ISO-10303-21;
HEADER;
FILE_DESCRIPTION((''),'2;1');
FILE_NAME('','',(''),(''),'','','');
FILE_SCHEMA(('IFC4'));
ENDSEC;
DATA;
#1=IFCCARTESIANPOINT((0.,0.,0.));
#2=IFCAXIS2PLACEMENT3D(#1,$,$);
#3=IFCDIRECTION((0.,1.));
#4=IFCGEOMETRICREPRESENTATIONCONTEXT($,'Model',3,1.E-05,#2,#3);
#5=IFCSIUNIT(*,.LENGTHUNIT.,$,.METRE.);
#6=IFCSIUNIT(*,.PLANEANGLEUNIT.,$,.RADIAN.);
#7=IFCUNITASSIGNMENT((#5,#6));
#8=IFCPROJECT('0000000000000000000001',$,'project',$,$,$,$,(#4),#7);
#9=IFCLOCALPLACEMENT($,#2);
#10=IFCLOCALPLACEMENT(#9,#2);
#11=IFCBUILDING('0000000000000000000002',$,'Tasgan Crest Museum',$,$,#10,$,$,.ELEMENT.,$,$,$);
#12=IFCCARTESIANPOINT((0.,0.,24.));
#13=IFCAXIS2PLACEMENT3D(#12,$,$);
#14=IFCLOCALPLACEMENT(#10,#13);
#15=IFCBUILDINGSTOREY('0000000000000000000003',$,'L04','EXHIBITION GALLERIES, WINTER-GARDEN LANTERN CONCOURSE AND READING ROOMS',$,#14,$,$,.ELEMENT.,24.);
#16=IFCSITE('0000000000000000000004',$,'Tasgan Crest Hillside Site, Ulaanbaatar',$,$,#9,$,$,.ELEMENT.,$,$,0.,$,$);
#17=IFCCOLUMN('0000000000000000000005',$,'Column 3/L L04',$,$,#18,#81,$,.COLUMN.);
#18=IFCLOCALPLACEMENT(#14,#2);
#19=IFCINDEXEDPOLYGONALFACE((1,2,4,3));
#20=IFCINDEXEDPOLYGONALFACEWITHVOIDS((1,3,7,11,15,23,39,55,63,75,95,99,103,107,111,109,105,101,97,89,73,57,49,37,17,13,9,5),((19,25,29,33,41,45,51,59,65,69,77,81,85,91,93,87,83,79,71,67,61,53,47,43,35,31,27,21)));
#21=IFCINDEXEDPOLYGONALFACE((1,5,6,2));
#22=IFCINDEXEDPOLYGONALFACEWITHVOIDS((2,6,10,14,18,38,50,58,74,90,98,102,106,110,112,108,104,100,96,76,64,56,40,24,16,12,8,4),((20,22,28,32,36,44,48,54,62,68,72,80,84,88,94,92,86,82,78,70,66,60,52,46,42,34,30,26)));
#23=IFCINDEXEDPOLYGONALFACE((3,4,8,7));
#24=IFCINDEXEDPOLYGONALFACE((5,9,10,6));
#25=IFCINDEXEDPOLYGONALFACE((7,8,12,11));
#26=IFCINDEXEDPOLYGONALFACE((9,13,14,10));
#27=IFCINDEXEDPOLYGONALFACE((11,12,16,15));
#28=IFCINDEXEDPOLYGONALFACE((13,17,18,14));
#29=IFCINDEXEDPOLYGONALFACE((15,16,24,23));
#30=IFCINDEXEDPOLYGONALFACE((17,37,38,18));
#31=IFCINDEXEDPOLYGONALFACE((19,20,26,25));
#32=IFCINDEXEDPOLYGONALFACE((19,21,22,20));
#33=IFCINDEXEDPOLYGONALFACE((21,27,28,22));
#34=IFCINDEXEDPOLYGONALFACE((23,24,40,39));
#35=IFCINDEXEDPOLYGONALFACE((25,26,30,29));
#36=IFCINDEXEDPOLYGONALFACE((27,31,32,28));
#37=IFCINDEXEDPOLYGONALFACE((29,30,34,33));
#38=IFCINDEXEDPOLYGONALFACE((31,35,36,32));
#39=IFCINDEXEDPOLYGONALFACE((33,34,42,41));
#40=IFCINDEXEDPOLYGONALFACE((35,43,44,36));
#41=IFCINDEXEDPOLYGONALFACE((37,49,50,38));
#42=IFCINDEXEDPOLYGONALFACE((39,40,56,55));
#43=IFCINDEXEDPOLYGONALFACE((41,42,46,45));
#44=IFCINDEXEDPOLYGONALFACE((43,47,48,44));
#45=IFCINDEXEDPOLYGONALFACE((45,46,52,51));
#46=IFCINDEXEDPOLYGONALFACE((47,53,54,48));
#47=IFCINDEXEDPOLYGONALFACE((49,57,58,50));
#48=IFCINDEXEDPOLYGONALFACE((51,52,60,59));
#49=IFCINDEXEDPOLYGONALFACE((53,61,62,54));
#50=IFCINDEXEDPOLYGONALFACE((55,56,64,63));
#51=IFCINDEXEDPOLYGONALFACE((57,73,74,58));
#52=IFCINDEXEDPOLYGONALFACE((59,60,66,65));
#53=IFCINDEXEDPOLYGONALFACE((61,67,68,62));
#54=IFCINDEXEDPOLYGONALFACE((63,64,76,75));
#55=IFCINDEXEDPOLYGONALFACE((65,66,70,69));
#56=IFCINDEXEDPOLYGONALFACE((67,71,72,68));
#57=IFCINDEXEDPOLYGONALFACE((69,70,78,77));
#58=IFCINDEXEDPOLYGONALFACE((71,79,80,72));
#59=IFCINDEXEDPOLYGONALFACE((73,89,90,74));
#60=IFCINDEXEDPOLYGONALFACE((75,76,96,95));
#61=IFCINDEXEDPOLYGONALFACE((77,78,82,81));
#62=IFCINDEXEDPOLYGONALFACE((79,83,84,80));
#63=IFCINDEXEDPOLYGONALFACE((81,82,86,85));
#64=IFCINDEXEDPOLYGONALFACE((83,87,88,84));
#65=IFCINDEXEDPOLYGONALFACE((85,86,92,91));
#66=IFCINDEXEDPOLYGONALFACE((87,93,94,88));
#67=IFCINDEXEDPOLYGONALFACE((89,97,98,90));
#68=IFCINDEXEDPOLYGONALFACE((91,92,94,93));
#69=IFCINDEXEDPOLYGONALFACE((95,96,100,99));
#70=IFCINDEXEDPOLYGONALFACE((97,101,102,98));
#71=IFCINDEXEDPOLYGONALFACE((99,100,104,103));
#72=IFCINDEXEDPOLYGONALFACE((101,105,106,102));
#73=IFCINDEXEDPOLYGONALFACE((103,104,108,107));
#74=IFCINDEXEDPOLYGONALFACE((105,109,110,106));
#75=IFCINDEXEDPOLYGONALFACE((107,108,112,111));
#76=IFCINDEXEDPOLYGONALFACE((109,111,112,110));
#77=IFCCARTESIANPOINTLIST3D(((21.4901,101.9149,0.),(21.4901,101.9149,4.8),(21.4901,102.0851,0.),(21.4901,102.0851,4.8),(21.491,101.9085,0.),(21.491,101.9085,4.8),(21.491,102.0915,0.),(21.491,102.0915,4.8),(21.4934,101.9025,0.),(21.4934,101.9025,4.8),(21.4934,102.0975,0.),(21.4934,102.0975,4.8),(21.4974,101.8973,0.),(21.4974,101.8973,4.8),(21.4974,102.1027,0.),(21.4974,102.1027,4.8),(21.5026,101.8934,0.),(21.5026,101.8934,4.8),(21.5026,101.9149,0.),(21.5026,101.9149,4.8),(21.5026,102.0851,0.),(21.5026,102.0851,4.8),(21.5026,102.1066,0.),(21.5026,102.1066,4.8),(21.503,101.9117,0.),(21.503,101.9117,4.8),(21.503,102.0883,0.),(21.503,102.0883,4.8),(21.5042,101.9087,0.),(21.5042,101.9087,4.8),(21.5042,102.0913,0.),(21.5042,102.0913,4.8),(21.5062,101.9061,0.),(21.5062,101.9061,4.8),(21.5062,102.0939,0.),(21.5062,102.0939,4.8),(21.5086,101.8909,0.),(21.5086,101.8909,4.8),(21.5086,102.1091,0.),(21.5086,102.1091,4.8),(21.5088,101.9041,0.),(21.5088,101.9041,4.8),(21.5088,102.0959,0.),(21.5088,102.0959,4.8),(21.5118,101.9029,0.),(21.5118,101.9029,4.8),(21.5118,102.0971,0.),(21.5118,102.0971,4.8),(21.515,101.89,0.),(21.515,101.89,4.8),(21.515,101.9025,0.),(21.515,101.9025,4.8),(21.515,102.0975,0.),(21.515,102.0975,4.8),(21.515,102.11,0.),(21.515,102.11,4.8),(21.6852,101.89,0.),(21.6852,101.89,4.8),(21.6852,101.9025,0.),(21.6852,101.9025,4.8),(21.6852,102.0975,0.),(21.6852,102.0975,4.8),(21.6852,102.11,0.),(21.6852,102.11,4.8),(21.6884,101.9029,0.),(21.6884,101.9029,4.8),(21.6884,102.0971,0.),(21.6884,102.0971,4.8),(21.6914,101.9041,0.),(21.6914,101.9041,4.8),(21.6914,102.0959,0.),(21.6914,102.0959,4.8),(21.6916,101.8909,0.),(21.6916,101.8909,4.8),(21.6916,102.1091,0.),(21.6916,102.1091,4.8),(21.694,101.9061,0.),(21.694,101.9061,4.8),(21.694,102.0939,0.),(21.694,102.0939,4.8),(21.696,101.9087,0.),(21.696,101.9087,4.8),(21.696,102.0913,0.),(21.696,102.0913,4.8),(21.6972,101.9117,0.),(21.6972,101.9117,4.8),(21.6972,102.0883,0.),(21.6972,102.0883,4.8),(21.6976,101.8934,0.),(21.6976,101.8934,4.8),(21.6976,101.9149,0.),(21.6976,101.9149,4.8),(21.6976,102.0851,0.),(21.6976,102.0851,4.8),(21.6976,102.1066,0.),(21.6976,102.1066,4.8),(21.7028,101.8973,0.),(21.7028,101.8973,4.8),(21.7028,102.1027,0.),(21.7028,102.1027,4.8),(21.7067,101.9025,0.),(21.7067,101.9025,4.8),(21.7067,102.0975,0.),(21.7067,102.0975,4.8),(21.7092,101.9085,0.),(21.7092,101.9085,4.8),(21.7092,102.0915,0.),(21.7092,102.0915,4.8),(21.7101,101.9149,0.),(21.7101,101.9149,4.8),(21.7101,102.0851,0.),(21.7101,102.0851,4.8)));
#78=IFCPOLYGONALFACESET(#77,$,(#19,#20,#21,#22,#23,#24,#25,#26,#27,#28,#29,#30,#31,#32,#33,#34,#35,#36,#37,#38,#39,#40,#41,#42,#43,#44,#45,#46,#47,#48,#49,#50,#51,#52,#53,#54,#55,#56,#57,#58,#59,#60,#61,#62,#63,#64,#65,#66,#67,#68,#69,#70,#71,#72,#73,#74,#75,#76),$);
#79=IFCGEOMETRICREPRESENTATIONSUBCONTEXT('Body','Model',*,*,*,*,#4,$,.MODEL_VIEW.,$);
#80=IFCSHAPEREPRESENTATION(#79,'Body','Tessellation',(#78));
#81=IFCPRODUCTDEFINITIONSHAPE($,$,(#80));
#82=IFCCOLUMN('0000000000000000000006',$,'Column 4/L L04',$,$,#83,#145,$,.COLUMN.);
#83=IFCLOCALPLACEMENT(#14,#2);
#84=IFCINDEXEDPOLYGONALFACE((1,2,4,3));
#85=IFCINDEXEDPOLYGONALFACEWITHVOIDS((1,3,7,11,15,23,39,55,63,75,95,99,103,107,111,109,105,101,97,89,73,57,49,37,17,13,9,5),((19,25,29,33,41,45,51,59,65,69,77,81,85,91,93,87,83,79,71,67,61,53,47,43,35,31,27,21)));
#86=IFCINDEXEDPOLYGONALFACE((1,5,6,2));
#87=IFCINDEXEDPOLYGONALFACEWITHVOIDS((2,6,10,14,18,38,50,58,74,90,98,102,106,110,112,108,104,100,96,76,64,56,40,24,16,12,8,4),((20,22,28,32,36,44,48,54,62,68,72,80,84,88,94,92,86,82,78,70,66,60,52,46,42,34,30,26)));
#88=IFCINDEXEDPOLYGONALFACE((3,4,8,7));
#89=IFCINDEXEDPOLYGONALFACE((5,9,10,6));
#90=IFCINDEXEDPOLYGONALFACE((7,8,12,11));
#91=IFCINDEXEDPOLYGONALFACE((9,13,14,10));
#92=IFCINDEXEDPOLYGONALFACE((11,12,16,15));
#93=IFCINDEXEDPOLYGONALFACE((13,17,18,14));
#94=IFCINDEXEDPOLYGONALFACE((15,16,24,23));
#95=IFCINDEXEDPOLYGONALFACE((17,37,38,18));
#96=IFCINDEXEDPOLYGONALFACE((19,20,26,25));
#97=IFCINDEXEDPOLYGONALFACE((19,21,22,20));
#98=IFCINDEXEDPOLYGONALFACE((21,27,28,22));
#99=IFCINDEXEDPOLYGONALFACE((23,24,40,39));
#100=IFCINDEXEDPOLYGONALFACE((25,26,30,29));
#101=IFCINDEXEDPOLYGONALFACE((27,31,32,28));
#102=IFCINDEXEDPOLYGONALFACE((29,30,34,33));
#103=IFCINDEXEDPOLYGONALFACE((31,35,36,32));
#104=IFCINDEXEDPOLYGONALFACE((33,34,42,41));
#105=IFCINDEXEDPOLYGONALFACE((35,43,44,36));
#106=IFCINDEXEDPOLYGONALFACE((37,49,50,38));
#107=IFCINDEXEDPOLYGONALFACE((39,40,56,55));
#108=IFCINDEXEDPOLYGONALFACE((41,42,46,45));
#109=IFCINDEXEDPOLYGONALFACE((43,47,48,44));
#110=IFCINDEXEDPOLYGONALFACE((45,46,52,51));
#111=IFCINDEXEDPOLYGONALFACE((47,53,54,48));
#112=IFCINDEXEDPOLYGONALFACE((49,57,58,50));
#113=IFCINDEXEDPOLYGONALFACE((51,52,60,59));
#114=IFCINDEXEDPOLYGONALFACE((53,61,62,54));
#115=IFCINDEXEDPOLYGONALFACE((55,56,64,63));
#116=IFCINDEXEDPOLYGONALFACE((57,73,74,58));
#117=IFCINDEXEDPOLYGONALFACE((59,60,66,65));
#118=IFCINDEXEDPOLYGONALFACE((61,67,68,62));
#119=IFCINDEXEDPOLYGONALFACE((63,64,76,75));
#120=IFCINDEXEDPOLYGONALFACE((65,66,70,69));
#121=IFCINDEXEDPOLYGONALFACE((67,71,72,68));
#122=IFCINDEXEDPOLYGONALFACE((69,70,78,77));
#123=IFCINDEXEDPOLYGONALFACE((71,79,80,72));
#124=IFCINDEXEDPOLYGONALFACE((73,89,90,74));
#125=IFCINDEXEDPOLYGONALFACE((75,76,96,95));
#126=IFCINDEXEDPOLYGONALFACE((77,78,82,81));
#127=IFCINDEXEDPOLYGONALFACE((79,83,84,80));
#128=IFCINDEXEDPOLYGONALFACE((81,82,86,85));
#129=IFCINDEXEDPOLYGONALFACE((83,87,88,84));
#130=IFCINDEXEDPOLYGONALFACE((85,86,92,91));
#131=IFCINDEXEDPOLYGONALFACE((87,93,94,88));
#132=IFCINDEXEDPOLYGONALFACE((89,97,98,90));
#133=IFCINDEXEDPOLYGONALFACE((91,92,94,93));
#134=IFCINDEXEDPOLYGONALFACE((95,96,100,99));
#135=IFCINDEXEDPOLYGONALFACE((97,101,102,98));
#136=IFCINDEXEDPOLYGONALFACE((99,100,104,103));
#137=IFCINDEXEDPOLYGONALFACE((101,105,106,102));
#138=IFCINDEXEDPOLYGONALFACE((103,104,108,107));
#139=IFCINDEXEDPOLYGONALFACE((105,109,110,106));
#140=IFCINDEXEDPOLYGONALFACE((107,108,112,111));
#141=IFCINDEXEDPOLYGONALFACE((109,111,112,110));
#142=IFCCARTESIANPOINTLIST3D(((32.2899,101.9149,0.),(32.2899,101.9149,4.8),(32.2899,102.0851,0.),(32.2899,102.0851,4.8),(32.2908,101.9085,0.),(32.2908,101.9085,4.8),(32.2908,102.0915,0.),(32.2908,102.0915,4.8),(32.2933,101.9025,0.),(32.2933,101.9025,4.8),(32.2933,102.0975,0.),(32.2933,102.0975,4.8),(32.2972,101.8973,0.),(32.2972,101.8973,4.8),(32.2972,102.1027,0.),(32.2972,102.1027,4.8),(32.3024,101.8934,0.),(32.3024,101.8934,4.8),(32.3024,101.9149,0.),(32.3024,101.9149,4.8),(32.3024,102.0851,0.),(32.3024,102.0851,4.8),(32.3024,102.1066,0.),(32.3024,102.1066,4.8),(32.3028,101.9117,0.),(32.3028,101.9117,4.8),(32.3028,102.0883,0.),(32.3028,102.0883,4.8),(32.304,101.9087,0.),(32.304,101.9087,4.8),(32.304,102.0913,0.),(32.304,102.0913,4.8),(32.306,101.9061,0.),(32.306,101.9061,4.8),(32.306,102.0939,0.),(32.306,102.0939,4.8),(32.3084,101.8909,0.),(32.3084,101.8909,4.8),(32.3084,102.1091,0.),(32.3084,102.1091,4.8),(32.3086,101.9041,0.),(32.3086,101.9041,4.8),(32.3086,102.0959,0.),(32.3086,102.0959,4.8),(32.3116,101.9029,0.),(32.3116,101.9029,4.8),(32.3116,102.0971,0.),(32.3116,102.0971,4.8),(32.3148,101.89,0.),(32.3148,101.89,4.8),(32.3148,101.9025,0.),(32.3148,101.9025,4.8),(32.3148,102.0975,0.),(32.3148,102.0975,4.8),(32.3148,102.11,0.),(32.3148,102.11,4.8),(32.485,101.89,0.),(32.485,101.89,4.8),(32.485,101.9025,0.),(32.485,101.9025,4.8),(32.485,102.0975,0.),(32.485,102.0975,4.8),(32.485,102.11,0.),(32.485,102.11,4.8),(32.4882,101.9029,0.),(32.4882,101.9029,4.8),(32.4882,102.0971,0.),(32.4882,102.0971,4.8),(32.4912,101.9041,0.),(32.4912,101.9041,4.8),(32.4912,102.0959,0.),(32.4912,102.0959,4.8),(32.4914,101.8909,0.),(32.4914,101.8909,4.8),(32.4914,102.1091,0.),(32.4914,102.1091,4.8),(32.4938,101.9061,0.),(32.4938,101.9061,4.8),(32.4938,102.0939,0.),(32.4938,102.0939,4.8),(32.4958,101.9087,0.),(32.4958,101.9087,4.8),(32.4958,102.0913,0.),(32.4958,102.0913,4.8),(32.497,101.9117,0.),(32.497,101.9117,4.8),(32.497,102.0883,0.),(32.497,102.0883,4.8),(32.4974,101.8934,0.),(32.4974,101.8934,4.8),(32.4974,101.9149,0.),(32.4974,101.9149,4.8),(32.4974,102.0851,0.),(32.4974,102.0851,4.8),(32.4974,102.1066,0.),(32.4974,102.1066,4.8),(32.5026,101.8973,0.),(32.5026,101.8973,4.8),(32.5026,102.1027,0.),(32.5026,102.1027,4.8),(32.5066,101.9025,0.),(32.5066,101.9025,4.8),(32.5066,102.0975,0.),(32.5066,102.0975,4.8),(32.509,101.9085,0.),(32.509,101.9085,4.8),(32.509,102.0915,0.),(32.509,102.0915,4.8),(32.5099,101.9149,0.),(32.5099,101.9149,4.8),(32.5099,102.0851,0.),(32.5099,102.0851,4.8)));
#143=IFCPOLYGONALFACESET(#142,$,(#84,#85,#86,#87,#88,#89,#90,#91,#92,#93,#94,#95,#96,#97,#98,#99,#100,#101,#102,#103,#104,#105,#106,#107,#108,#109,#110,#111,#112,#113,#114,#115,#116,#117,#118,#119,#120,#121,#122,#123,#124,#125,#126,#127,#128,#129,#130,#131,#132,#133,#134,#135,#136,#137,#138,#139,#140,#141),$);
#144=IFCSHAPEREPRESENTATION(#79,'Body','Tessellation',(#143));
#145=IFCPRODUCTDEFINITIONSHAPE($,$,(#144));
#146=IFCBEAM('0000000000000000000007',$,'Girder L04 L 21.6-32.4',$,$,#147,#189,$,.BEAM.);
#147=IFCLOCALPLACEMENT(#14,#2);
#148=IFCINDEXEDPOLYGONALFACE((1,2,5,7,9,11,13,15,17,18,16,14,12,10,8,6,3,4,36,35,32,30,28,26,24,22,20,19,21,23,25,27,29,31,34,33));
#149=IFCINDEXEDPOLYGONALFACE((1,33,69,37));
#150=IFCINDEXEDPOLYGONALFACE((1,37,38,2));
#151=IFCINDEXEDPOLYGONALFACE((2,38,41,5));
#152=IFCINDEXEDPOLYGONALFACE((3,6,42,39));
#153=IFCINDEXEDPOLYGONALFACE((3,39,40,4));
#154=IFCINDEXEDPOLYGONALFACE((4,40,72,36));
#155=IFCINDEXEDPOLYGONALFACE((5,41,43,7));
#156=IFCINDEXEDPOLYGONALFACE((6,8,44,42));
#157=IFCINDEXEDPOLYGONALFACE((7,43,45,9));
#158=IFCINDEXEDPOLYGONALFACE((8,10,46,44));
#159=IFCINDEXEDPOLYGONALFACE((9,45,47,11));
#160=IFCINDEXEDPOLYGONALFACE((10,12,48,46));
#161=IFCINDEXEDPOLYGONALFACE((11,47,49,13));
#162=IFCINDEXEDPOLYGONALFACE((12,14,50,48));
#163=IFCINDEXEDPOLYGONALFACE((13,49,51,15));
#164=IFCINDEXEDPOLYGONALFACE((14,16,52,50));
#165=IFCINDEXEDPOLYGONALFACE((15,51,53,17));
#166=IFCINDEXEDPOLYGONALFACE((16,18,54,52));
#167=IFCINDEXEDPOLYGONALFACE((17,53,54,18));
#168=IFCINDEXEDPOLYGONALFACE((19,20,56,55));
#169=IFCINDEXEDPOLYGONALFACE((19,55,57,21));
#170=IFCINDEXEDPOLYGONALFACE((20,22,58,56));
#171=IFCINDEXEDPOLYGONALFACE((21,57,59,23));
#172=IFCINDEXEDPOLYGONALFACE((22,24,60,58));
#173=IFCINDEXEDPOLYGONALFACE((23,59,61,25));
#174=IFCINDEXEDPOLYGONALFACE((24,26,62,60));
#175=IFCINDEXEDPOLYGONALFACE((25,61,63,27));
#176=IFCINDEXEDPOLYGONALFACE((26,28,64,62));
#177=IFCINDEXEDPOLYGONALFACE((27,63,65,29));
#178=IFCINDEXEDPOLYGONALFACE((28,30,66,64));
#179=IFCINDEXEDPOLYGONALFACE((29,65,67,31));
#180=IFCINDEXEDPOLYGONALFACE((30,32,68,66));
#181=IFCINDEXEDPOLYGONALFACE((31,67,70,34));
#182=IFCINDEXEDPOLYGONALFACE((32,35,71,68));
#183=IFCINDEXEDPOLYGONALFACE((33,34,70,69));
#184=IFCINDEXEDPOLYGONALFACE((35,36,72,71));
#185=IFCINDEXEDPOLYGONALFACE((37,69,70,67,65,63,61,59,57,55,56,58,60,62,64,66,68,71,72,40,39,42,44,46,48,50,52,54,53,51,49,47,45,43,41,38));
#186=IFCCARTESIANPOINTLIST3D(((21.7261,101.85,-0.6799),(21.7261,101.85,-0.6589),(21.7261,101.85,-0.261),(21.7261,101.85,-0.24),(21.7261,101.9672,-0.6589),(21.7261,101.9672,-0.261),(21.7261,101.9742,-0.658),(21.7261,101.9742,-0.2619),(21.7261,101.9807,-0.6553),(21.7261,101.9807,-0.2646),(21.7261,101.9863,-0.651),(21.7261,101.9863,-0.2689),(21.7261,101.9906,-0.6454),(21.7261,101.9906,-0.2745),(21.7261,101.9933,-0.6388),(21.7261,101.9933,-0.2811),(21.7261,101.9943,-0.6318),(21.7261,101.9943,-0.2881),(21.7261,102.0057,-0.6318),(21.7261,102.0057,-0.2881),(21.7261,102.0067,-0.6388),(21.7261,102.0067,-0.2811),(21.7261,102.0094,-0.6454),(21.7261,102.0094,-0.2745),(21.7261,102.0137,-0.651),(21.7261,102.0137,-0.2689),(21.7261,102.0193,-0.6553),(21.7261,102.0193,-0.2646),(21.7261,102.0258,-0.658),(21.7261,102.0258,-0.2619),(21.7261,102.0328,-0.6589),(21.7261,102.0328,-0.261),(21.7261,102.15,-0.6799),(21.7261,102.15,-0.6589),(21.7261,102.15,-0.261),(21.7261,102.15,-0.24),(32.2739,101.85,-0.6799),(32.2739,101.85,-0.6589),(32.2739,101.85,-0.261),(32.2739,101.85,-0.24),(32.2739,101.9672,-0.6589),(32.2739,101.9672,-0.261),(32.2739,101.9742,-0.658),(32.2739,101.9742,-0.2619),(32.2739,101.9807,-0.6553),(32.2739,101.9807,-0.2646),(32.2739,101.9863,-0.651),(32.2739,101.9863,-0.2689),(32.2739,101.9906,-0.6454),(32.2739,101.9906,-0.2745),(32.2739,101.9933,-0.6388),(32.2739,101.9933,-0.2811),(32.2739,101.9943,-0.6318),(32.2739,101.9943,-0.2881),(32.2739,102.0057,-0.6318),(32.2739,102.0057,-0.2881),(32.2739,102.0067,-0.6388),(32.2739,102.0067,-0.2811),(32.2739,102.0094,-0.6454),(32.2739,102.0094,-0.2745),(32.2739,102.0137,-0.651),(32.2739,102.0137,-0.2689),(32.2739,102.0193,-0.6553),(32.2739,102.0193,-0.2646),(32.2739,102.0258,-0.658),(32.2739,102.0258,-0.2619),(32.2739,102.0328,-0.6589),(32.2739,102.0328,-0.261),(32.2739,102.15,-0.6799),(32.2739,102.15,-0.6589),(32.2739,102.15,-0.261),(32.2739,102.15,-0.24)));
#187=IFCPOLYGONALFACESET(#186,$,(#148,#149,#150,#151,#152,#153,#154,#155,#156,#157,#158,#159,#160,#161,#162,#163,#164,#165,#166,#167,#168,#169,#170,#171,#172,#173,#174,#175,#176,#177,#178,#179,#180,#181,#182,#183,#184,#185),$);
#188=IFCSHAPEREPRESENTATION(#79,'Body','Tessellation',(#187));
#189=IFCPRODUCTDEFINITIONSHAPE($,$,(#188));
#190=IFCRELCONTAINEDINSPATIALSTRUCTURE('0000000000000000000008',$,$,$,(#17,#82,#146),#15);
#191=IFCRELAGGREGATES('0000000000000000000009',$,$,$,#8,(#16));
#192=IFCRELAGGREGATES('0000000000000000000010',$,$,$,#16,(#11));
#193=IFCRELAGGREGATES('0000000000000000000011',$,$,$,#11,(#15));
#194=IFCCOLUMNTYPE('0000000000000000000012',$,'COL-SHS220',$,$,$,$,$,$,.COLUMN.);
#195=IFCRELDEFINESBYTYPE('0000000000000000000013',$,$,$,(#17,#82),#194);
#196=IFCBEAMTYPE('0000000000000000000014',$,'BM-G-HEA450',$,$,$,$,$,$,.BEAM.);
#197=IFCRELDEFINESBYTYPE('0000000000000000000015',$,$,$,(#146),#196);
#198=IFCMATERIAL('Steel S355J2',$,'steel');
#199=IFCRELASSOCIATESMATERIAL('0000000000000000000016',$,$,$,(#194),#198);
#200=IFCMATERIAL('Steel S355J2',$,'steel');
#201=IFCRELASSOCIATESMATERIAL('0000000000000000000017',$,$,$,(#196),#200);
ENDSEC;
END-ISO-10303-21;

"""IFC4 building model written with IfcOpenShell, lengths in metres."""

from ifc_helpers import new_model, si_unit, direction, frame, origin, origin_2d, place, context, subcontext, project, spatial, hollow_rectangle, i_section, extrude, material, material_profile, profile_set, type_object, element, save


model = new_model("IFC4")

# Units and contexts
model_context = context("Model", 3, precision=1e-05, world=origin(), true_north=direction((0.0, 1.0)))
body_context = subcontext(model_context, "Body", "Model", "MODEL_VIEW")
ifc_project = project(units=[si_unit("LENGTHUNIT", "METRE"), si_unit("PLANEANGLEUNIT", "RADIAN")], contexts=[model_context])

# Site, building, storey
site_placement = place(None, origin())
site = spatial("IfcSite", under=ifc_project, at=site_placement, Name="Tasgan Crest Hillside Site, Ulaanbaatar", CompositionType="ELEMENT", RefElevation=0.0)
building_placement = place(site_placement, origin())
building = spatial("IfcBuilding", under=site, at=building_placement, Name="Tasgan Crest Museum", CompositionType="ELEMENT")
storey_placement = place(building_placement, frame((0.0, 0.0, 24.0)))
storey = spatial("IfcBuildingStorey", under=building, at=storey_placement, Name="L04", Description="EXHIBITION GALLERIES, WINTER-GARDEN LANTERN CONCOURSE AND READING ROOMS", CompositionType="ELEMENT", Elevation=24.0)

# Columns
ifc_material_1 = material(Name="Steel S355J2", Category="steel")
ifc_material_profile_1 = material_profile(ifc_material_1, hollow_rectangle(XDim=0.22, YDim=0.22, WallThickness=0.0125, InnerFilletRadius=0.0125, OuterFilletRadius=0.0249, at=origin_2d()), Name="SHS 220x220x12.5")
ifc_profile_set_1 = profile_set([ifc_material_profile_1], Name="Steel S355J2")
column_type = type_object("IfcColumnType", Name="COL-SHS220", PredefinedType="COLUMN", material=ifc_profile_set_1)
for number, where, z_axis, x_axis, name in (
    (1, (21.6001, 102.0, 0.0), (0.0, 0.0, 1.0), (1.0, 0.0, 0.0), "Column 3/L L04"),
    (2, (32.3999, 102.0, 0.0), (0.0, 0.0, 1.0), (1.0, 0.0, 0.0), "Column 4/L L04"),
):
    element("IfcColumn", number, at=place(storey_placement, frame(where, z_axis=z_axis, x_axis=x_axis)), inside=storey, type_object=column_type, Name=name, PredefinedType="COLUMN", context=body_context, shape_type="SweptSolid", body=[
        extrude(hollow_rectangle(XDim=0.22, YDim=0.22, WallThickness=0.0125, InnerFilletRadius=0.0125, OuterFilletRadius=0.0249, at=origin_2d()), origin(), (0.0, 0.0, 1.0), 4.8),
    ])

# Beam
ifc_material_2 = material(Name="Steel S355J2", Category="steel")
ifc_material_profile_2 = material_profile(ifc_material_2, i_section(OverallWidth=0.3, OverallDepth=0.4399, WebThickness=0.0115, FlangeThickness=0.021, FilletRadius=0.0271, at=origin_2d()), Name="HEA 450")
ifc_profile_set_2 = profile_set([ifc_material_profile_2], Name="Steel S355J2")
beam_type_1 = type_object("IfcBeamType", Name="BM-G-HEA450", PredefinedType="BEAM", material=ifc_profile_set_2)
beam_1_placement = place(storey_placement, frame((21.7261, 102.0, -0.46), z_axis=(1.0, 0.0, 0.0), x_axis=(0.0, 1.0, 0.0)))
element("IfcBeam", 3, at=beam_1_placement, inside=storey, type_object=beam_type_1, Name="Girder L04 L 21.6-32.4", PredefinedType="BEAM", context=body_context, shape_type="SweptSolid", body=[
    extrude(i_section(OverallWidth=0.3, OverallDepth=0.4399, WebThickness=0.0115, FlangeThickness=0.021, FilletRadius=0.0271, at=origin_2d()), origin(), (0.0, 0.0, 1.0), 10.5479),
])

save(model, "model.ifc")
